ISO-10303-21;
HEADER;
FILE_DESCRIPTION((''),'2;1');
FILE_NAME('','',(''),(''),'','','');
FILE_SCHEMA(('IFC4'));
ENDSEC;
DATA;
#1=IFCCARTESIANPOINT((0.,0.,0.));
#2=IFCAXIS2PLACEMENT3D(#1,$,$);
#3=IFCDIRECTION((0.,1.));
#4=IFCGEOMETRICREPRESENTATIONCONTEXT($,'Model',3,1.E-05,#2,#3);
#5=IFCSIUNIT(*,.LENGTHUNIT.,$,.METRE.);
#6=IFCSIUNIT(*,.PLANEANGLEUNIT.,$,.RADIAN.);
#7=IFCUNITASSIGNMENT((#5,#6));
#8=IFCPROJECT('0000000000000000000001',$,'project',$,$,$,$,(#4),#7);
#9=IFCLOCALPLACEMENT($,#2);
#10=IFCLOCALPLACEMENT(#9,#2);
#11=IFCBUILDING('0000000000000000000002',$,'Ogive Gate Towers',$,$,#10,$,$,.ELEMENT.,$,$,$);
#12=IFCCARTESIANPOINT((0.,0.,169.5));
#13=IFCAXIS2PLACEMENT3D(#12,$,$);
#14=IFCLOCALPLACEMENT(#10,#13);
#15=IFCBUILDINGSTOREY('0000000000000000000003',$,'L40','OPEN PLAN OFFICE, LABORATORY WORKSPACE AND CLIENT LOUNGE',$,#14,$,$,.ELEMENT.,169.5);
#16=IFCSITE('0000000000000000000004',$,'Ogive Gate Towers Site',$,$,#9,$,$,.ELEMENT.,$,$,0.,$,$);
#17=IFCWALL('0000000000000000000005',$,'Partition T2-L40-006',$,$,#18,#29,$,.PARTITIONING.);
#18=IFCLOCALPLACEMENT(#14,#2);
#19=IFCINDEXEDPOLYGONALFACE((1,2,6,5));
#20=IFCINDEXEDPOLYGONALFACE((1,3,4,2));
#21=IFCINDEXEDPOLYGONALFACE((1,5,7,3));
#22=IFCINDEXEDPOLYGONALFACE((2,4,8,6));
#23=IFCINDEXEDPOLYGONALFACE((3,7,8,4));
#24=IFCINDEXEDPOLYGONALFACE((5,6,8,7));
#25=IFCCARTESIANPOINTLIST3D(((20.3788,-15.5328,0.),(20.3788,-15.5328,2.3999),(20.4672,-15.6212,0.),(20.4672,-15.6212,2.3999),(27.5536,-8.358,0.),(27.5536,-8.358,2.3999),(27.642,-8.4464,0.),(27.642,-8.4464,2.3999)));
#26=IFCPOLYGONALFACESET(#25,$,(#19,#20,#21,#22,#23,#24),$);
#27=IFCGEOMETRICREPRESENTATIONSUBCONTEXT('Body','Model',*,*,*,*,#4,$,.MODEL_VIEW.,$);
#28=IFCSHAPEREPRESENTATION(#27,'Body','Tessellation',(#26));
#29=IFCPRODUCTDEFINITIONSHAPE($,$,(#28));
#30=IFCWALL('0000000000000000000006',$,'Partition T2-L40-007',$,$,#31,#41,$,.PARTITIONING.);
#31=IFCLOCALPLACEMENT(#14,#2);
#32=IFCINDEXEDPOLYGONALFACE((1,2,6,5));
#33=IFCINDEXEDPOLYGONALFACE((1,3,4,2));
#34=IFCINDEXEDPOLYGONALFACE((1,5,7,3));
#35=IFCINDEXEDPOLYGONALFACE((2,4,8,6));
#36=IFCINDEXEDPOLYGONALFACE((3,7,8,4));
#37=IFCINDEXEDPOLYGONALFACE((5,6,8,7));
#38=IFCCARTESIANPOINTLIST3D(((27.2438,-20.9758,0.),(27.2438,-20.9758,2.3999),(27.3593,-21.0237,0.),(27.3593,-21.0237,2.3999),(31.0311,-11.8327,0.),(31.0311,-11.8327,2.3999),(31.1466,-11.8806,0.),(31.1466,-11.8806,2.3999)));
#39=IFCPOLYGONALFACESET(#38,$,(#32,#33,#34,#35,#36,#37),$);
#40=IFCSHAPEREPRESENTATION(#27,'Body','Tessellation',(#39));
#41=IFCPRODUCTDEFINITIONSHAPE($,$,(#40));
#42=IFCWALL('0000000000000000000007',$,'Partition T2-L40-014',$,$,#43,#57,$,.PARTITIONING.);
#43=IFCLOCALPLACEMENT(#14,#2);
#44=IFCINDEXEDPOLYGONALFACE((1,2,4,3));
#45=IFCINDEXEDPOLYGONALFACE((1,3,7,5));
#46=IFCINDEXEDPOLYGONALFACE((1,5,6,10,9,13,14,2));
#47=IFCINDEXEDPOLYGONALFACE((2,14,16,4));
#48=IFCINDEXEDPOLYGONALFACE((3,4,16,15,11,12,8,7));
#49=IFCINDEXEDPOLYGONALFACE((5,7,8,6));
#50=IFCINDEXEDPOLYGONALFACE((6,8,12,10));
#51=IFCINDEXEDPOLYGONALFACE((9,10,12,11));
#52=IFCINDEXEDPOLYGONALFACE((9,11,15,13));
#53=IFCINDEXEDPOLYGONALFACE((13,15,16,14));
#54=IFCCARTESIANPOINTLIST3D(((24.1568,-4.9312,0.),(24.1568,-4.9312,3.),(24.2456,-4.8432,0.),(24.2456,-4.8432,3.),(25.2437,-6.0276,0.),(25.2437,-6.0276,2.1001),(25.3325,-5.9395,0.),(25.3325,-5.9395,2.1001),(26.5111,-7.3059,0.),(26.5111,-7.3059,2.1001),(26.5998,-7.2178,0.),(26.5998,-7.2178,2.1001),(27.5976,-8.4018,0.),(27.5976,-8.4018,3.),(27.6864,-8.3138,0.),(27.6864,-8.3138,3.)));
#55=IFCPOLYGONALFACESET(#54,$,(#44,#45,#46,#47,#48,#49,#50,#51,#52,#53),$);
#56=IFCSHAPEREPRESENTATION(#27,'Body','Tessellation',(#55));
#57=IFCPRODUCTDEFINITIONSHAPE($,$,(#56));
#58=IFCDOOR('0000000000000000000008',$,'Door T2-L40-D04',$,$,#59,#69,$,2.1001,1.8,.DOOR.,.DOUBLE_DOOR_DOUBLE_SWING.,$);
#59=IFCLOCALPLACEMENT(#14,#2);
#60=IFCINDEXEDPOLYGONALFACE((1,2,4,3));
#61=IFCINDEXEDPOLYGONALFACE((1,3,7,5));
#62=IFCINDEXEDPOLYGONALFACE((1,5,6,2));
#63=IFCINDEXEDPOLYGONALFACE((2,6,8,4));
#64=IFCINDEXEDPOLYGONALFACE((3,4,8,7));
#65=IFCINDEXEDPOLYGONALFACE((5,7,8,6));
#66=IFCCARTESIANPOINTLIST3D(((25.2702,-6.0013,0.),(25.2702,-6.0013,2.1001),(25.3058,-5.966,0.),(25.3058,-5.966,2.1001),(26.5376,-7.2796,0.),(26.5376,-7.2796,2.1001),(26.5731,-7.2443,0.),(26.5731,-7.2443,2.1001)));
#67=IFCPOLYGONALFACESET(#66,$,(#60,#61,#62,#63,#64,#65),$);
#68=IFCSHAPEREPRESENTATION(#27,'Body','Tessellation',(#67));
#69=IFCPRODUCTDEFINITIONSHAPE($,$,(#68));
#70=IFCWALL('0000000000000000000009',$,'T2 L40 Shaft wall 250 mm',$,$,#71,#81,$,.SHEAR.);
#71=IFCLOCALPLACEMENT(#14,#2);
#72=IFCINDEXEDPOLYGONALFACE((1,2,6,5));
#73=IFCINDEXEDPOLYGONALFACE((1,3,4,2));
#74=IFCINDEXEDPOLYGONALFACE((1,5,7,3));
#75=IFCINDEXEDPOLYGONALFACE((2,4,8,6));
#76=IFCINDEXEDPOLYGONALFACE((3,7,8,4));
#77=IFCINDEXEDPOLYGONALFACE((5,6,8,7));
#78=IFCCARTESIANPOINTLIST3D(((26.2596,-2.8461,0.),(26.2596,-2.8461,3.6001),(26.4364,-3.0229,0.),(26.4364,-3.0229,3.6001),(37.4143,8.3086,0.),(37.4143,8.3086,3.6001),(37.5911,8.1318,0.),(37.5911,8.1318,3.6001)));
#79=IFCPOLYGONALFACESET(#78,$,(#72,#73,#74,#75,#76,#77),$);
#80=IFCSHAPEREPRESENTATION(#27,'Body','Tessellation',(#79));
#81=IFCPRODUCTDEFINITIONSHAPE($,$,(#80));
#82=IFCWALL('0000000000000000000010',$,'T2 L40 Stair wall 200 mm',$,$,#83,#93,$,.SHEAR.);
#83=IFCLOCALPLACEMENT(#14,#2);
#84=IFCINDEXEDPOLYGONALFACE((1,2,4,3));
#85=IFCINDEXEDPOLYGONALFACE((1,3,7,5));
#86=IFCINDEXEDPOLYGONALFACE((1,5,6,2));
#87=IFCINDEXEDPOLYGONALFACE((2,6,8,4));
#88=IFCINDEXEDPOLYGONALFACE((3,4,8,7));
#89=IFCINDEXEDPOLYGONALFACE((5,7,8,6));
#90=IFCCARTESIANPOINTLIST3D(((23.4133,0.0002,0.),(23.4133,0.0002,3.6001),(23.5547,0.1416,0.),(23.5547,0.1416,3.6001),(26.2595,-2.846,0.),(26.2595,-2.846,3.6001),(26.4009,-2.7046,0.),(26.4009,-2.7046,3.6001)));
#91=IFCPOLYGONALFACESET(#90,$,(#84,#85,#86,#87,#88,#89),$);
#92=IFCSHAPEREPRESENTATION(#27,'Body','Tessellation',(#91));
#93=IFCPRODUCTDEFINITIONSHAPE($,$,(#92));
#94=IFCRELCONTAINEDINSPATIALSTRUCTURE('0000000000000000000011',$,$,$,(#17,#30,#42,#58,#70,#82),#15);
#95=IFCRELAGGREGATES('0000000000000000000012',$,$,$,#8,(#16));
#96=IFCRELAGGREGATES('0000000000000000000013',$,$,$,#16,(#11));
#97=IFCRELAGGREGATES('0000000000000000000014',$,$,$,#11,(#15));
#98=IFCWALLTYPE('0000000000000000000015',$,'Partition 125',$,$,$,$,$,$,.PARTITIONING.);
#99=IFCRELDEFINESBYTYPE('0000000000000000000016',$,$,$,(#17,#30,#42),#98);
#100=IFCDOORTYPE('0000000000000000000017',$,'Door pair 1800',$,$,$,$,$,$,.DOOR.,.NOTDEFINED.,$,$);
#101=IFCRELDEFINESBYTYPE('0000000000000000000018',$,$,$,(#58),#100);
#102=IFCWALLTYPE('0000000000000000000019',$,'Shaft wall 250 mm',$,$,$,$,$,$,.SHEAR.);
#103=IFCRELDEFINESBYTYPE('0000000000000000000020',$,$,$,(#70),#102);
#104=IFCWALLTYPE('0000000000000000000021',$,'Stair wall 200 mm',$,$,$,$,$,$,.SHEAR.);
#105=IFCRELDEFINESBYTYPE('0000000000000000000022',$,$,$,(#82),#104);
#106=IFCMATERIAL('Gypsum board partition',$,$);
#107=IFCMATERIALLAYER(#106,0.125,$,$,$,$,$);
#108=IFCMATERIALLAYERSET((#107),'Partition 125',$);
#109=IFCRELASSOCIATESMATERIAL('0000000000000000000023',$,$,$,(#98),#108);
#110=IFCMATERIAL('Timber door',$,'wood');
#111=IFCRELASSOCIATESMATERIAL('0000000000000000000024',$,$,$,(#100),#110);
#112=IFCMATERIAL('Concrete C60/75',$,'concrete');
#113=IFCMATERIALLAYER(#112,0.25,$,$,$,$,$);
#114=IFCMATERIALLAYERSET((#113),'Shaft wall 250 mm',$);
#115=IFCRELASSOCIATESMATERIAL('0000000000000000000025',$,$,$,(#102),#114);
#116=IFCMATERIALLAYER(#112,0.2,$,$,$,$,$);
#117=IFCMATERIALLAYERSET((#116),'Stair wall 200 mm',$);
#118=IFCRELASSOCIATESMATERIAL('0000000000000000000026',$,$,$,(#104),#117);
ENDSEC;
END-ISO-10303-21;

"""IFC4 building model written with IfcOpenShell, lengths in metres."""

from ifc_helpers import new_model, si_unit, direction, frame, frame_2d, origin, place, context, subcontext, project, spatial, rectangle, extrude, material, layer, layer_set, type_object, element, fill, save


model = new_model("IFC4")

# Units and contexts
model_context = context("Model", 3, precision=1e-05, world=origin(), true_north=direction((0.0, 1.0)))
body_context = subcontext(model_context, "Body", "Model", "MODEL_VIEW")
ifc_project = project(units=[si_unit("LENGTHUNIT", "METRE"), si_unit("PLANEANGLEUNIT", "RADIAN")], contexts=[model_context])

# Site, building, storey
site_placement = place(None, origin())
site = spatial("IfcSite", under=ifc_project, at=site_placement, Name="Ogive Gate Towers Site", CompositionType="ELEMENT", RefElevation=0.0)
building_placement = place(site_placement, origin())
building = spatial("IfcBuilding", under=site, at=building_placement, Name="Ogive Gate Towers", CompositionType="ELEMENT")
storey_placement = place(building_placement, frame((0.0, 0.0, 169.5)))
storey = spatial("IfcBuildingStorey", under=building, at=storey_placement, Name="L40", Description="OPEN PLAN OFFICE, LABORATORY WORKSPACE AND CLIENT LOUNGE", CompositionType="ELEMENT", Elevation=169.5)

# Walls
ifc_material_1 = material(Name="Gypsum board partition")
ifc_layer_1 = layer(ifc_material_1, 0.125)
ifc_layer_set_1 = layer_set([ifc_layer_1], Name="Partition 125")
wall_type_1 = type_object("IfcWallType", Name="Partition 125", PredefinedType="PARTITIONING", material=ifc_layer_set_1)
wall_1_placement = place(storey_placement, frame((20.4231, -15.5769, 0.0), z_axis=(0.0, 0.0, 1.0), x_axis=(0.707107, 0.707107, 0.0)))
element("IfcWall", 1, at=wall_1_placement, inside=storey, type_object=wall_type_1, Name="Partition T2-L40-006", PredefinedType="PARTITIONING", context=body_context, shape_type="SweptSolid", body=[
    extrude(rectangle(XDim=10.1467, YDim=0.125, at=frame_2d((5.0732, 0.0))), origin(), (0.0, 0.0, 1.0), 2.3999),
])
wall_2_placement = place(storey_placement, frame((27.3015, -20.9998, 0.0), z_axis=(0.0, 0.0, 1.0), x_axis=(0.382698, 0.923873, 0.0)))
element("IfcWall", 2, at=wall_2_placement, inside=storey, type_object=wall_type_1, Name="Partition T2-L40-007", PredefinedType="PARTITIONING", context=body_context, shape_type="SweptSolid", body=[
    extrude(rectangle(XDim=9.8965, YDim=0.125, at=frame_2d((4.9482, 0.0))), origin(), (0.0, 0.0, 1.0), 2.3999),
])

# Wall, opening, door
wall_3_placement = place(storey_placement, frame((24.2012, -4.8872, 0.0), z_axis=(0.0, 0.0, 1.0), x_axis=(0.704053, -0.710147, 0.0)))
wall_3 = element("IfcWall", 3, at=wall_3_placement, inside=storey, type_object=wall_type_1, Name="Partition T2-L40-014", PredefinedType="PARTITIONING", context=body_context, shape_type="SweptSolid", body=[
    extrude(rectangle(XDim=4.8872, YDim=0.125, at=frame_2d((2.4436, 0.0))), origin(), (0.0, 0.0, 1.0), 3.0),
])
opening_placement = place(wall_3_placement, frame((1.5439, 0.0, 0.0)))
opening = element("IfcOpeningElement", 4, at=opening_placement, cuts=wall_3, PredefinedType="OPENING", context=body_context, shape_type="SweptSolid", body=[
    extrude(rectangle(XDim=1.8, YDim=2.1001, at=frame_2d((0.8999, 1.05))), frame((0.0, 0.0725, 0.0), z_axis=(0.0, -1.0, 0.0), x_axis=(1.0, 0.0, 0.0)), (0.0, 0.0, 1.0), 0.145),
])
ifc_material_2 = material(Name="Timber door", Category="wood")
door_type = type_object("IfcDoorType", Name="Door pair 1800", OperationType="NOTDEFINED", PredefinedType="DOOR", material=ifc_material_2)
door_placement = place(opening_placement, origin())
door = element("IfcDoor", 5, at=door_placement, inside=storey, type_object=door_type, Name="Door T2-L40-D04", OperationType="DOUBLE_DOOR_DOUBLE_SWING", OverallHeight=2.1001, OverallWidth=1.8, PredefinedType="DOOR", context=body_context, shape_type="SweptSolid", body=[
    extrude(rectangle(XDim=1.8, YDim=2.1001, at=frame_2d((0.8999, 1.05))), frame((0.0, 0.0249, 0.0), z_axis=(0.0, -1.0, 0.0), x_axis=(1.0, 0.0, 0.0)), (0.0, 0.0, 1.0), 0.05),
])
fill(opening, door)

# Walls
ifc_material_3 = material(Name="Concrete C60/75", Category="concrete")
ifc_layer_2 = layer(ifc_material_3, 0.25)
ifc_layer_set_2 = layer_set([ifc_layer_2], Name="Shaft wall 250 mm")
wall_type_2 = type_object("IfcWallType", Name="Shaft wall 250 mm", PredefinedType="SHEAR", material=ifc_layer_set_2)
wall_4_placement = place(storey_placement, frame((26.3479, -2.9346, 0.0), z_axis=(0.0, 0.0, 1.0), x_axis=(0.707107, 0.707107, 0.0)))
element("IfcWall", 6, at=wall_4_placement, inside=storey, type_object=wall_type_2, Name="T2 L40 Shaft wall 250 mm", PredefinedType="SHEAR", context=body_context, shape_type="SweptSolid", body=[
    extrude(rectangle(XDim=15.7751, YDim=0.25, at=frame_2d((7.8877, 0.0))), origin(), (0.0, 0.0, 1.0), 3.6001),
])
ifc_layer_3 = layer(ifc_material_3, 0.2)
ifc_layer_set_3 = layer_set([ifc_layer_3], Name="Stair wall 200 mm")
wall_type_3 = type_object("IfcWallType", Name="Stair wall 200 mm", PredefinedType="SHEAR", material=ifc_layer_set_3)
wall_5_placement = place(storey_placement, frame((26.3303, -2.7754, 0.0), z_axis=(0.0, 0.0, 1.0), x_axis=(-0.707107, 0.707107, 0.0)))
element("IfcWall", 7, at=wall_5_placement, inside=storey, type_object=wall_type_3, Name="T2 L40 Stair wall 200 mm", PredefinedType="SHEAR", context=body_context, shape_type="SweptSolid", body=[
    extrude(rectangle(XDim=4.0251, YDim=0.2, at=frame_2d((2.0127, 0.0))), origin(), (0.0, 0.0, 1.0), 3.6001),
])

save(model, "model.ifc")
